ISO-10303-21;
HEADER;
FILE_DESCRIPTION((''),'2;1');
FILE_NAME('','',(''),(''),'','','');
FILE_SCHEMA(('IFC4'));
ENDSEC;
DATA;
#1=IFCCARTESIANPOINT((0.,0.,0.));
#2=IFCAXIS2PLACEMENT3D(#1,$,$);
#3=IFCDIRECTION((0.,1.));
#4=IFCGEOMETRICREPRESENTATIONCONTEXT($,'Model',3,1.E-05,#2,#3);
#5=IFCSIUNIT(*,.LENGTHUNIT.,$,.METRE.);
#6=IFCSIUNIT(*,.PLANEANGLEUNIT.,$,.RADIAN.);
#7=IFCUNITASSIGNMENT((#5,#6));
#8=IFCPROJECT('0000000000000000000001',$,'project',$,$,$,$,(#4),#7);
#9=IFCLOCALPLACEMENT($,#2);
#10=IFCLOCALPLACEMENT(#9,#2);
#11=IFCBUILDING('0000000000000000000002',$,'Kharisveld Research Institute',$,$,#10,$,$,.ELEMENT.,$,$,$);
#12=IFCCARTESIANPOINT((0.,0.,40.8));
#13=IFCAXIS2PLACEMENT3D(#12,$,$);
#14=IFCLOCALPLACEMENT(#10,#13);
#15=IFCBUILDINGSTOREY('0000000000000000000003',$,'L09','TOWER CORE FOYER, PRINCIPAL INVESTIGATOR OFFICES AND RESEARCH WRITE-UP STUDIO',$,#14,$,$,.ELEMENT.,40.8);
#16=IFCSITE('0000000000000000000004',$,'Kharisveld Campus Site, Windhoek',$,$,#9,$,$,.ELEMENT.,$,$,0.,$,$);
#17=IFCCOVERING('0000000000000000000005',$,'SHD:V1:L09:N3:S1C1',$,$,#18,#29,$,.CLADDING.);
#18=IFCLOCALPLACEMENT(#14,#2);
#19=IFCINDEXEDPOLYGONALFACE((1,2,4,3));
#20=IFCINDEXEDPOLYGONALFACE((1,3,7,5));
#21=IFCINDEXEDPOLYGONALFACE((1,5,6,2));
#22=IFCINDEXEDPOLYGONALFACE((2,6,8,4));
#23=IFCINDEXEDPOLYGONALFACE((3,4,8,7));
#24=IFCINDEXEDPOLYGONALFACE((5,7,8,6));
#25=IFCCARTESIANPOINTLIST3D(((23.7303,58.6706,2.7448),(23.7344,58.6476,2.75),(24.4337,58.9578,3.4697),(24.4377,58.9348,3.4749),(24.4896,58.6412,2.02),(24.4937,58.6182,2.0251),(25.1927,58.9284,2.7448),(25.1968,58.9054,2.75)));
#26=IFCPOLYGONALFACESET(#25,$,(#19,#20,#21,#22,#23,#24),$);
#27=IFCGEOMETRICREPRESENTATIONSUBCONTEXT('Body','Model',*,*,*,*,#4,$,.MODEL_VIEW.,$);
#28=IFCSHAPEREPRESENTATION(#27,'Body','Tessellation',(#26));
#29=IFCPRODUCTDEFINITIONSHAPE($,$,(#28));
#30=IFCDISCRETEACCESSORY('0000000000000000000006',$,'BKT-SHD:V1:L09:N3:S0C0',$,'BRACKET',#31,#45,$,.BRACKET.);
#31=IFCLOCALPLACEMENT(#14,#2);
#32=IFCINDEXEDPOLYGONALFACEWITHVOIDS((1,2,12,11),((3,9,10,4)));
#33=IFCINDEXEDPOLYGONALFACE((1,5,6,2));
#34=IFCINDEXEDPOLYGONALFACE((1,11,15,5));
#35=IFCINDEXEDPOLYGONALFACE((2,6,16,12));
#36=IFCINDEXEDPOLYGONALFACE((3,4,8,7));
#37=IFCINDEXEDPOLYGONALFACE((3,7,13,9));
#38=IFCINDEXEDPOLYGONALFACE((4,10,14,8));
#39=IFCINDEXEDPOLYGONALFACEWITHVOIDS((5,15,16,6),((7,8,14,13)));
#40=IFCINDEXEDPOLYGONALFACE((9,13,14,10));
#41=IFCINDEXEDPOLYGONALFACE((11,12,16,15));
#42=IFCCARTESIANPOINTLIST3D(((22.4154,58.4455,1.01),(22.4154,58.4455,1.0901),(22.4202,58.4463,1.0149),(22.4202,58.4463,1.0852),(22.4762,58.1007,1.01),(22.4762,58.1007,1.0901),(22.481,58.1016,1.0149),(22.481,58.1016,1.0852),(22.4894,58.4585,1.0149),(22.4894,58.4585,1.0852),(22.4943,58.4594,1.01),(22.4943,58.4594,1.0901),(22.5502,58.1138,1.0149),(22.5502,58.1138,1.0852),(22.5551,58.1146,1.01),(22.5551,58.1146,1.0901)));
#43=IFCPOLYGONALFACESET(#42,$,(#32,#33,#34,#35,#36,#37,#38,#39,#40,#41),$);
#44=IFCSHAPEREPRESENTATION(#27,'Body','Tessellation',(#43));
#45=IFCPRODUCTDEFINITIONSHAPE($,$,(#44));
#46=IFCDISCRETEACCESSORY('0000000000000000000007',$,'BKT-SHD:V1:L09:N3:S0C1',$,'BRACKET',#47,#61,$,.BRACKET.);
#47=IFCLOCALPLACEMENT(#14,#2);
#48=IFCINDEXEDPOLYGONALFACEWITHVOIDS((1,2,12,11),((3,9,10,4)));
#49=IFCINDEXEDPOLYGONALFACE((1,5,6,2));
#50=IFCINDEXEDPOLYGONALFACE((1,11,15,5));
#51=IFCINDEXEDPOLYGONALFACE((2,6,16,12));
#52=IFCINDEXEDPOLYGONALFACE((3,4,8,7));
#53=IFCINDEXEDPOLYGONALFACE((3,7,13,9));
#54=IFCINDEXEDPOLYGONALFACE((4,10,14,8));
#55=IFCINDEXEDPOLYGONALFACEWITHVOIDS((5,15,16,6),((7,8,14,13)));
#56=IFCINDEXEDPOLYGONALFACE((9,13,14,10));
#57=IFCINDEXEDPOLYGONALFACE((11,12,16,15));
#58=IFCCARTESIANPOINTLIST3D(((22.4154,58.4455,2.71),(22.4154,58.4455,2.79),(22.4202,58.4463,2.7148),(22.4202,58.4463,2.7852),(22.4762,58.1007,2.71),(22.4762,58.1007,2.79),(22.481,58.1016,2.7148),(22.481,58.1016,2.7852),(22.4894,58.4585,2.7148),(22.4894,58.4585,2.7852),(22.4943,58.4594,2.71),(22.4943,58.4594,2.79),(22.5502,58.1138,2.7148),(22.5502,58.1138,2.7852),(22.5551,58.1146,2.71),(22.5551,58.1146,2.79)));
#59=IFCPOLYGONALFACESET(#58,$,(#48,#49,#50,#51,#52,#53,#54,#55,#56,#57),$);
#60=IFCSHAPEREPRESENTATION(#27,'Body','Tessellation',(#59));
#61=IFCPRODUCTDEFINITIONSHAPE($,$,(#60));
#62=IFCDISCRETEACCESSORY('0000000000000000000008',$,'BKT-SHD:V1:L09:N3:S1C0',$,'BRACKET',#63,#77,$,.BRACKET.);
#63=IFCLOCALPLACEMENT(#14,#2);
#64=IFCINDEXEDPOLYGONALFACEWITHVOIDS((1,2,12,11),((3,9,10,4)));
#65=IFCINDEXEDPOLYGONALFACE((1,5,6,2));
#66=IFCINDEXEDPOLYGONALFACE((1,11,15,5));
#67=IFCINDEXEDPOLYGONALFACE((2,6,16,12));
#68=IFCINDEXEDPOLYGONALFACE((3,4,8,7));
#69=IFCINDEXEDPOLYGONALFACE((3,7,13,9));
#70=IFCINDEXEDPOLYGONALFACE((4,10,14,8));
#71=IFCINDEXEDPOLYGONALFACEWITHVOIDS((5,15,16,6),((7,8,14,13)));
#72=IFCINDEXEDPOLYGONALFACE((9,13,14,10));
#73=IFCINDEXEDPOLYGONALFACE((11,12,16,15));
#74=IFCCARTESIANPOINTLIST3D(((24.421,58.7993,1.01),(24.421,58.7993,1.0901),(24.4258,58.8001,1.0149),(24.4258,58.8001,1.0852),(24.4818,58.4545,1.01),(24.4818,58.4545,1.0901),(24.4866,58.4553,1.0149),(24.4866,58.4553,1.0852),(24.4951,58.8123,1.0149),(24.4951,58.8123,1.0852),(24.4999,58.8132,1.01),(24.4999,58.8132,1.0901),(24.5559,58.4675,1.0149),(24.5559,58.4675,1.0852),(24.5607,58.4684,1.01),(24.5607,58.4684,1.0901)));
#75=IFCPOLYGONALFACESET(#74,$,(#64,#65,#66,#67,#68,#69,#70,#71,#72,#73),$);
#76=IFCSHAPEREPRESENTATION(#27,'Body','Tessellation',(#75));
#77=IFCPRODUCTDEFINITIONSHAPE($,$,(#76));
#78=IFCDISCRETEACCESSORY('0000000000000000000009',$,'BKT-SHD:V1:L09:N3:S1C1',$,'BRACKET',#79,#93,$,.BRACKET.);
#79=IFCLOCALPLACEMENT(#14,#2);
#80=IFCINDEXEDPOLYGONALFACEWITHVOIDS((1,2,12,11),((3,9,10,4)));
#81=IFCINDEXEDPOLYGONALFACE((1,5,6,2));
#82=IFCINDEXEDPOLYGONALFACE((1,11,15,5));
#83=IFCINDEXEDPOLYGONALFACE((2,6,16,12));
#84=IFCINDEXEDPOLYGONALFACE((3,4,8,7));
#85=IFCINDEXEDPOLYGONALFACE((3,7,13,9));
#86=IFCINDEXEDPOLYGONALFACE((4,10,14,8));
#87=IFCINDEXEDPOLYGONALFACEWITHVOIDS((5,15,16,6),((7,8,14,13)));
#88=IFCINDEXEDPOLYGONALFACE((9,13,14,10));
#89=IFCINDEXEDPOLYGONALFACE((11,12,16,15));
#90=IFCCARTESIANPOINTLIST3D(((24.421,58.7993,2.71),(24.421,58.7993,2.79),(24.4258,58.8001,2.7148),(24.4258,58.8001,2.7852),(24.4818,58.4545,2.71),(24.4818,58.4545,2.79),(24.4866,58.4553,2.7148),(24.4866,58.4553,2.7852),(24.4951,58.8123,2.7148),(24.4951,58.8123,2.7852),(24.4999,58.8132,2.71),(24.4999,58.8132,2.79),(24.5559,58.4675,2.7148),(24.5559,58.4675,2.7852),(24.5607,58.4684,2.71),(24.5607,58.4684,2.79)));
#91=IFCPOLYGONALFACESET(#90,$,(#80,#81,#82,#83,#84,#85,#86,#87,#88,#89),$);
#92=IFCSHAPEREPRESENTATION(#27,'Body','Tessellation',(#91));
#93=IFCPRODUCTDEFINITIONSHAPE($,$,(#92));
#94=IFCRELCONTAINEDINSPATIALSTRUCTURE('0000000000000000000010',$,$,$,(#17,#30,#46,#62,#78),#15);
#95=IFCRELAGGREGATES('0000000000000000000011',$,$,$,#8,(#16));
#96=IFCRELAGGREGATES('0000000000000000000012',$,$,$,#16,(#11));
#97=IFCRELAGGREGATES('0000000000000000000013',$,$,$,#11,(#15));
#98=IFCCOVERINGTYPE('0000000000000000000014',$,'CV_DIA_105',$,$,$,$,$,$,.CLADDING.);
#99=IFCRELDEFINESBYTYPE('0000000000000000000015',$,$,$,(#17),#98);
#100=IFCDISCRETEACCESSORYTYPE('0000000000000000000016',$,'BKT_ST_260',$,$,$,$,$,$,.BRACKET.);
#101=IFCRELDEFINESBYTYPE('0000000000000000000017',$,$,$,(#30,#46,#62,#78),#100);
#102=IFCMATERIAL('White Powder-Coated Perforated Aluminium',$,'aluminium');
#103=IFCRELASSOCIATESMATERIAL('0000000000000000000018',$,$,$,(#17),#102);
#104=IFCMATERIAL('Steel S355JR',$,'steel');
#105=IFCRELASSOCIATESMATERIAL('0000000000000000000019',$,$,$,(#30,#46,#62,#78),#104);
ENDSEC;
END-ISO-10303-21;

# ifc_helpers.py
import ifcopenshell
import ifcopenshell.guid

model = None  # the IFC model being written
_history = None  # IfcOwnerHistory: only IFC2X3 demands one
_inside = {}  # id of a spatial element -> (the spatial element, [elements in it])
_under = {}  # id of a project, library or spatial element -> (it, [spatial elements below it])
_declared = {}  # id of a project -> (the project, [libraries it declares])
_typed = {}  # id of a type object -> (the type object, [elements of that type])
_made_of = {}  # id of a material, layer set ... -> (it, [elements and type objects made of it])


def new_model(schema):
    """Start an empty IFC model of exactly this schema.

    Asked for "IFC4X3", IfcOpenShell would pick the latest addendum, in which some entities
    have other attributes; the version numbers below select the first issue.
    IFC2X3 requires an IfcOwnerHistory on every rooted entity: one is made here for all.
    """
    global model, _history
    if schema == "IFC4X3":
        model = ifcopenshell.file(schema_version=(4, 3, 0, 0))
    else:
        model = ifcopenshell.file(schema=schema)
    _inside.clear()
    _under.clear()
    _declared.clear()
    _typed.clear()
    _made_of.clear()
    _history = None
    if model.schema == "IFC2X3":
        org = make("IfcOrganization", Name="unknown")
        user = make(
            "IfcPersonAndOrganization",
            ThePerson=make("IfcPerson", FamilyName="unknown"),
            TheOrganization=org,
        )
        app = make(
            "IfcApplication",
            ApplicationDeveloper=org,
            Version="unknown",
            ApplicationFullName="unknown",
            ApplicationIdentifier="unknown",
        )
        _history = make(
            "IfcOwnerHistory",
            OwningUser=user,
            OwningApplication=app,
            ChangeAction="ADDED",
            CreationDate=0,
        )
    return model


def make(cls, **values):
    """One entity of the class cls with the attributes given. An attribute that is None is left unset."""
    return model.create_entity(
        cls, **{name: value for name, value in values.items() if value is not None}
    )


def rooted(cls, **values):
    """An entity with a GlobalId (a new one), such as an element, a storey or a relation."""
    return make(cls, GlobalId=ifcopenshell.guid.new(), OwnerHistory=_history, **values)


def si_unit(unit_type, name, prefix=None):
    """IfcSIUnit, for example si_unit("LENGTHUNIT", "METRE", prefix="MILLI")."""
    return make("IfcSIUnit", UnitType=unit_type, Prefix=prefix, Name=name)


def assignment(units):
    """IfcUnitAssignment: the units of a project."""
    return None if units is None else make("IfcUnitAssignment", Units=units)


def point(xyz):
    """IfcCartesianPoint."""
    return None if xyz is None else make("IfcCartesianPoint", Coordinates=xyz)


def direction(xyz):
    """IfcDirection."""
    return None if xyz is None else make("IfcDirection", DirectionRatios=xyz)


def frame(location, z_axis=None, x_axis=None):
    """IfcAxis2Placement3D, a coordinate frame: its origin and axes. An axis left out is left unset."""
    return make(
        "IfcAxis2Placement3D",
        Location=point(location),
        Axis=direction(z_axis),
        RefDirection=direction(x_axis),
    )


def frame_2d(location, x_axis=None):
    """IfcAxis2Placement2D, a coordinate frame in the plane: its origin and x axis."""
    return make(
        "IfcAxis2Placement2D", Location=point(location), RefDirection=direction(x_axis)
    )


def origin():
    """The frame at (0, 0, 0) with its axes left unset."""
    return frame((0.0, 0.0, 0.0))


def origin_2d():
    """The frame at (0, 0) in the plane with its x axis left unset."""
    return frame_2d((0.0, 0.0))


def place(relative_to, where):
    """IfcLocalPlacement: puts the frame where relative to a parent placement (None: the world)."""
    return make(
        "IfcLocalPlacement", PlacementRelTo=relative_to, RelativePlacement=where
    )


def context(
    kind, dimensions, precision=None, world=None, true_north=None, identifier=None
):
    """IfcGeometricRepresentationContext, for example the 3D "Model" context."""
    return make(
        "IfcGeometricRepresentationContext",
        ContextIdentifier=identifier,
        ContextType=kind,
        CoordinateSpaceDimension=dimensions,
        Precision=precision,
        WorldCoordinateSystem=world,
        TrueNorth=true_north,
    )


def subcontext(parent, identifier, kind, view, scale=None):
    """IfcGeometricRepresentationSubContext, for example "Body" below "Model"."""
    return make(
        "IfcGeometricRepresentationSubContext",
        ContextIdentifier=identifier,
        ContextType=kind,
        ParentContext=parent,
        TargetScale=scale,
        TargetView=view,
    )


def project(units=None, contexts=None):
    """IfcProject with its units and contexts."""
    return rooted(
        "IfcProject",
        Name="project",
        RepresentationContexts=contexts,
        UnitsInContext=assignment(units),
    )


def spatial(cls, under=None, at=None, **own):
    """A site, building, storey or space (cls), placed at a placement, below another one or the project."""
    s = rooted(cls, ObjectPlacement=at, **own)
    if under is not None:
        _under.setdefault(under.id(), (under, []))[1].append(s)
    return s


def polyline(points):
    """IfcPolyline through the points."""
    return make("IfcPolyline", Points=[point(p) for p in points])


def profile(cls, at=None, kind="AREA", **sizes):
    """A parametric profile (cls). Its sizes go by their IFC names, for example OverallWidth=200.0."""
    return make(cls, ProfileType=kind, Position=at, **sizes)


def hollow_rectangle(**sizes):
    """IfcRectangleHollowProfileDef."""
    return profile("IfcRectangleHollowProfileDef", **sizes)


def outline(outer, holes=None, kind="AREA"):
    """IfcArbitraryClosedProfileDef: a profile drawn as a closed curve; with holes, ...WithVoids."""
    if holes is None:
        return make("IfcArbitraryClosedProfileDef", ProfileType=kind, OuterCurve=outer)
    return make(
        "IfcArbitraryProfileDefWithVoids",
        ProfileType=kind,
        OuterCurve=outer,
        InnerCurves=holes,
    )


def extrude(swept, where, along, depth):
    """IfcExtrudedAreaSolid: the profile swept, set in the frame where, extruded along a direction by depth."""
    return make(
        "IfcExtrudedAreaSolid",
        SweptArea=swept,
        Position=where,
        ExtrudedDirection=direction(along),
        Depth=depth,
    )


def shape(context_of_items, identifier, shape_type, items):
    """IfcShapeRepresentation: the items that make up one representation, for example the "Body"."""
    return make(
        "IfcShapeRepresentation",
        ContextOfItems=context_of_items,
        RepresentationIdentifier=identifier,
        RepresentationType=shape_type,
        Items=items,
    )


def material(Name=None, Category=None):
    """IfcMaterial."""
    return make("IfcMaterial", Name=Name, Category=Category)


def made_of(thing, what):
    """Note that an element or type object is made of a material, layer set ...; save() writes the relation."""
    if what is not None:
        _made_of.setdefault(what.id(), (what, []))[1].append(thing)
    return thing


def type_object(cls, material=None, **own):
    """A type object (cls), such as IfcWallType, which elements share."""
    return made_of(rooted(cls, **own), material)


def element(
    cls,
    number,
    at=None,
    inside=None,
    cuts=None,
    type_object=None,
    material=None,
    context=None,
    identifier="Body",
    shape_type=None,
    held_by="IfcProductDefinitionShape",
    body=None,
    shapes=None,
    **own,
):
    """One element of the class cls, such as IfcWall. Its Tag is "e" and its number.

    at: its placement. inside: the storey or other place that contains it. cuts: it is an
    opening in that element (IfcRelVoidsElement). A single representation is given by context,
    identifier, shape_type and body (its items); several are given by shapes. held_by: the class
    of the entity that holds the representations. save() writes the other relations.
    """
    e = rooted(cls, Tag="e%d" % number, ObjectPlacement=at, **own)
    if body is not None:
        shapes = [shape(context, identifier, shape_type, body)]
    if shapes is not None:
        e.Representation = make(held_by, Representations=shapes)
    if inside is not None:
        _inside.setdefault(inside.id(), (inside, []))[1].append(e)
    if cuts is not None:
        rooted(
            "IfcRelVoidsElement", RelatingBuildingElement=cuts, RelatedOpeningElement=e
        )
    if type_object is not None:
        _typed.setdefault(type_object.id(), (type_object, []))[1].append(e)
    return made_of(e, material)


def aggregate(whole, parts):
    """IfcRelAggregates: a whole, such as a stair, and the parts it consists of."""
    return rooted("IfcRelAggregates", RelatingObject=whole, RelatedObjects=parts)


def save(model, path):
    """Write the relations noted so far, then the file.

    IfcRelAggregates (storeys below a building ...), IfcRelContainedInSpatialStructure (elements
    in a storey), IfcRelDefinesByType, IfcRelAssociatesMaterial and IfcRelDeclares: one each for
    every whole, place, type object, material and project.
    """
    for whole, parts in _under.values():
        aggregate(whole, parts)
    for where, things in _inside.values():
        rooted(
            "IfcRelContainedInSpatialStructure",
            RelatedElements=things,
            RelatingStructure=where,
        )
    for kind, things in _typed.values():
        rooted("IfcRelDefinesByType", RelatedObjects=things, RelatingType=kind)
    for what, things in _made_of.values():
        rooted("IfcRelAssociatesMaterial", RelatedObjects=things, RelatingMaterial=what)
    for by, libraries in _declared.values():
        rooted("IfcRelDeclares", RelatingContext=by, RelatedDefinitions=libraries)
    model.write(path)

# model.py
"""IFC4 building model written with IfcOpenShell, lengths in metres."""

from ifc_helpers import new_model, si_unit, direction, frame, origin, origin_2d, place, context, subcontext, project, spatial, polyline, hollow_rectangle, outline, extrude, material, type_object, element, save


model = new_model("IFC4")

# Units and contexts
model_context = context("Model", 3, precision=1e-05, world=origin(), true_north=direction((0.0, 1.0)))
body_context = subcontext(model_context, "Body", "Model", "MODEL_VIEW")
ifc_project = project(units=[si_unit("LENGTHUNIT", "METRE"), si_unit("PLANEANGLEUNIT", "RADIAN")], contexts=[model_context])

# Site, building, storey
site_placement = place(None, origin())
site = spatial("IfcSite", under=ifc_project, at=site_placement, Name="Kharisveld Campus Site, Windhoek", CompositionType="ELEMENT", RefElevation=0.0)
building_placement = place(site_placement, origin())
building = spatial("IfcBuilding", under=site, at=building_placement, Name="Kharisveld Research Institute", CompositionType="ELEMENT")
storey_placement = place(building_placement, frame((0.0, 0.0, 40.8)))
storey = spatial("IfcBuildingStorey", under=building, at=storey_placement, Name="L09", Description="TOWER CORE FOYER, PRINCIPAL INVESTIGATOR OFFICES AND RESEARCH WRITE-UP STUDIO", CompositionType="ELEMENT", Elevation=40.8)

# Covering
ifc_material_1 = material(Name="White Powder-Coated Perforated Aluminium", Category="aluminium")
covering_type = type_object("IfcCoveringType", Name="CV_DIA_105", PredefinedType="CLADDING")
for number, where, z_axis, x_axis, name in (
    (1, (24.4937, 58.6182, 2.0251), (0.169497, -0.961447, 0.21654), (0.669705, 0.27356, 0.690406), "SHD:V1:L09:N3:S1C1"),
):
    element("IfcCovering", number, at=place(storey_placement, frame(where, z_axis=z_axis, x_axis=x_axis)), inside=storey, type_object=covering_type, material=ifc_material_1, Name=name, PredefinedType="CLADDING", context=body_context, shape_type="SweptSolid", body=[
        extrude(outline(polyline([(0.0, 0.0), (1.0499, 0.0), (1.0501, 1.05), (0.0, 1.0501), (0.0, 0.0)])), origin(), (0.0, 0.0, -1.0), 0.0239),
    ])

# Discrete accessories
ifc_material_2 = material(Name="Steel S355JR", Category="steel")
discrete_accessory_type = type_object("IfcDiscreteAccessoryType", Name="BKT_ST_260", PredefinedType="BRACKET")
for number, where, z_axis, x_axis, name in (
    (2, (22.5156, 58.1077, 1.05), (-0.173666, 0.984805, 0.0), (-0.984805, -0.173666, 0.0), "BKT-SHD:V1:L09:N3:S0C0"),
    (3, (22.5156, 58.1077, 2.75), (-0.173666, 0.984805, 0.0), (-0.984805, -0.173666, 0.0), "BKT-SHD:V1:L09:N3:S0C1"),
    (4, (24.5212, 58.4614, 1.05), (-0.173666, 0.984805, 0.0), (-0.984805, -0.173666, 0.0), "BKT-SHD:V1:L09:N3:S1C0"),
    (5, (24.5212, 58.4614, 2.75), (-0.173666, 0.984805, 0.0), (-0.984805, -0.173666, 0.0), "BKT-SHD:V1:L09:N3:S1C1"),
):
    element("IfcDiscreteAccessory", number, at=place(storey_placement, frame(where, z_axis=z_axis, x_axis=x_axis)), inside=storey, type_object=discrete_accessory_type, material=ifc_material_2, Name=name, ObjectType="BRACKET", PredefinedType="BRACKET", context=body_context, shape_type="SweptSolid", body=[
        extrude(hollow_rectangle(XDim=0.0801, YDim=0.0801, WallThickness=0.0049, at=origin_2d()), origin(), (0.0, 0.0, 1.0), 0.3501),
    ])

save(model, "model.ifc")
